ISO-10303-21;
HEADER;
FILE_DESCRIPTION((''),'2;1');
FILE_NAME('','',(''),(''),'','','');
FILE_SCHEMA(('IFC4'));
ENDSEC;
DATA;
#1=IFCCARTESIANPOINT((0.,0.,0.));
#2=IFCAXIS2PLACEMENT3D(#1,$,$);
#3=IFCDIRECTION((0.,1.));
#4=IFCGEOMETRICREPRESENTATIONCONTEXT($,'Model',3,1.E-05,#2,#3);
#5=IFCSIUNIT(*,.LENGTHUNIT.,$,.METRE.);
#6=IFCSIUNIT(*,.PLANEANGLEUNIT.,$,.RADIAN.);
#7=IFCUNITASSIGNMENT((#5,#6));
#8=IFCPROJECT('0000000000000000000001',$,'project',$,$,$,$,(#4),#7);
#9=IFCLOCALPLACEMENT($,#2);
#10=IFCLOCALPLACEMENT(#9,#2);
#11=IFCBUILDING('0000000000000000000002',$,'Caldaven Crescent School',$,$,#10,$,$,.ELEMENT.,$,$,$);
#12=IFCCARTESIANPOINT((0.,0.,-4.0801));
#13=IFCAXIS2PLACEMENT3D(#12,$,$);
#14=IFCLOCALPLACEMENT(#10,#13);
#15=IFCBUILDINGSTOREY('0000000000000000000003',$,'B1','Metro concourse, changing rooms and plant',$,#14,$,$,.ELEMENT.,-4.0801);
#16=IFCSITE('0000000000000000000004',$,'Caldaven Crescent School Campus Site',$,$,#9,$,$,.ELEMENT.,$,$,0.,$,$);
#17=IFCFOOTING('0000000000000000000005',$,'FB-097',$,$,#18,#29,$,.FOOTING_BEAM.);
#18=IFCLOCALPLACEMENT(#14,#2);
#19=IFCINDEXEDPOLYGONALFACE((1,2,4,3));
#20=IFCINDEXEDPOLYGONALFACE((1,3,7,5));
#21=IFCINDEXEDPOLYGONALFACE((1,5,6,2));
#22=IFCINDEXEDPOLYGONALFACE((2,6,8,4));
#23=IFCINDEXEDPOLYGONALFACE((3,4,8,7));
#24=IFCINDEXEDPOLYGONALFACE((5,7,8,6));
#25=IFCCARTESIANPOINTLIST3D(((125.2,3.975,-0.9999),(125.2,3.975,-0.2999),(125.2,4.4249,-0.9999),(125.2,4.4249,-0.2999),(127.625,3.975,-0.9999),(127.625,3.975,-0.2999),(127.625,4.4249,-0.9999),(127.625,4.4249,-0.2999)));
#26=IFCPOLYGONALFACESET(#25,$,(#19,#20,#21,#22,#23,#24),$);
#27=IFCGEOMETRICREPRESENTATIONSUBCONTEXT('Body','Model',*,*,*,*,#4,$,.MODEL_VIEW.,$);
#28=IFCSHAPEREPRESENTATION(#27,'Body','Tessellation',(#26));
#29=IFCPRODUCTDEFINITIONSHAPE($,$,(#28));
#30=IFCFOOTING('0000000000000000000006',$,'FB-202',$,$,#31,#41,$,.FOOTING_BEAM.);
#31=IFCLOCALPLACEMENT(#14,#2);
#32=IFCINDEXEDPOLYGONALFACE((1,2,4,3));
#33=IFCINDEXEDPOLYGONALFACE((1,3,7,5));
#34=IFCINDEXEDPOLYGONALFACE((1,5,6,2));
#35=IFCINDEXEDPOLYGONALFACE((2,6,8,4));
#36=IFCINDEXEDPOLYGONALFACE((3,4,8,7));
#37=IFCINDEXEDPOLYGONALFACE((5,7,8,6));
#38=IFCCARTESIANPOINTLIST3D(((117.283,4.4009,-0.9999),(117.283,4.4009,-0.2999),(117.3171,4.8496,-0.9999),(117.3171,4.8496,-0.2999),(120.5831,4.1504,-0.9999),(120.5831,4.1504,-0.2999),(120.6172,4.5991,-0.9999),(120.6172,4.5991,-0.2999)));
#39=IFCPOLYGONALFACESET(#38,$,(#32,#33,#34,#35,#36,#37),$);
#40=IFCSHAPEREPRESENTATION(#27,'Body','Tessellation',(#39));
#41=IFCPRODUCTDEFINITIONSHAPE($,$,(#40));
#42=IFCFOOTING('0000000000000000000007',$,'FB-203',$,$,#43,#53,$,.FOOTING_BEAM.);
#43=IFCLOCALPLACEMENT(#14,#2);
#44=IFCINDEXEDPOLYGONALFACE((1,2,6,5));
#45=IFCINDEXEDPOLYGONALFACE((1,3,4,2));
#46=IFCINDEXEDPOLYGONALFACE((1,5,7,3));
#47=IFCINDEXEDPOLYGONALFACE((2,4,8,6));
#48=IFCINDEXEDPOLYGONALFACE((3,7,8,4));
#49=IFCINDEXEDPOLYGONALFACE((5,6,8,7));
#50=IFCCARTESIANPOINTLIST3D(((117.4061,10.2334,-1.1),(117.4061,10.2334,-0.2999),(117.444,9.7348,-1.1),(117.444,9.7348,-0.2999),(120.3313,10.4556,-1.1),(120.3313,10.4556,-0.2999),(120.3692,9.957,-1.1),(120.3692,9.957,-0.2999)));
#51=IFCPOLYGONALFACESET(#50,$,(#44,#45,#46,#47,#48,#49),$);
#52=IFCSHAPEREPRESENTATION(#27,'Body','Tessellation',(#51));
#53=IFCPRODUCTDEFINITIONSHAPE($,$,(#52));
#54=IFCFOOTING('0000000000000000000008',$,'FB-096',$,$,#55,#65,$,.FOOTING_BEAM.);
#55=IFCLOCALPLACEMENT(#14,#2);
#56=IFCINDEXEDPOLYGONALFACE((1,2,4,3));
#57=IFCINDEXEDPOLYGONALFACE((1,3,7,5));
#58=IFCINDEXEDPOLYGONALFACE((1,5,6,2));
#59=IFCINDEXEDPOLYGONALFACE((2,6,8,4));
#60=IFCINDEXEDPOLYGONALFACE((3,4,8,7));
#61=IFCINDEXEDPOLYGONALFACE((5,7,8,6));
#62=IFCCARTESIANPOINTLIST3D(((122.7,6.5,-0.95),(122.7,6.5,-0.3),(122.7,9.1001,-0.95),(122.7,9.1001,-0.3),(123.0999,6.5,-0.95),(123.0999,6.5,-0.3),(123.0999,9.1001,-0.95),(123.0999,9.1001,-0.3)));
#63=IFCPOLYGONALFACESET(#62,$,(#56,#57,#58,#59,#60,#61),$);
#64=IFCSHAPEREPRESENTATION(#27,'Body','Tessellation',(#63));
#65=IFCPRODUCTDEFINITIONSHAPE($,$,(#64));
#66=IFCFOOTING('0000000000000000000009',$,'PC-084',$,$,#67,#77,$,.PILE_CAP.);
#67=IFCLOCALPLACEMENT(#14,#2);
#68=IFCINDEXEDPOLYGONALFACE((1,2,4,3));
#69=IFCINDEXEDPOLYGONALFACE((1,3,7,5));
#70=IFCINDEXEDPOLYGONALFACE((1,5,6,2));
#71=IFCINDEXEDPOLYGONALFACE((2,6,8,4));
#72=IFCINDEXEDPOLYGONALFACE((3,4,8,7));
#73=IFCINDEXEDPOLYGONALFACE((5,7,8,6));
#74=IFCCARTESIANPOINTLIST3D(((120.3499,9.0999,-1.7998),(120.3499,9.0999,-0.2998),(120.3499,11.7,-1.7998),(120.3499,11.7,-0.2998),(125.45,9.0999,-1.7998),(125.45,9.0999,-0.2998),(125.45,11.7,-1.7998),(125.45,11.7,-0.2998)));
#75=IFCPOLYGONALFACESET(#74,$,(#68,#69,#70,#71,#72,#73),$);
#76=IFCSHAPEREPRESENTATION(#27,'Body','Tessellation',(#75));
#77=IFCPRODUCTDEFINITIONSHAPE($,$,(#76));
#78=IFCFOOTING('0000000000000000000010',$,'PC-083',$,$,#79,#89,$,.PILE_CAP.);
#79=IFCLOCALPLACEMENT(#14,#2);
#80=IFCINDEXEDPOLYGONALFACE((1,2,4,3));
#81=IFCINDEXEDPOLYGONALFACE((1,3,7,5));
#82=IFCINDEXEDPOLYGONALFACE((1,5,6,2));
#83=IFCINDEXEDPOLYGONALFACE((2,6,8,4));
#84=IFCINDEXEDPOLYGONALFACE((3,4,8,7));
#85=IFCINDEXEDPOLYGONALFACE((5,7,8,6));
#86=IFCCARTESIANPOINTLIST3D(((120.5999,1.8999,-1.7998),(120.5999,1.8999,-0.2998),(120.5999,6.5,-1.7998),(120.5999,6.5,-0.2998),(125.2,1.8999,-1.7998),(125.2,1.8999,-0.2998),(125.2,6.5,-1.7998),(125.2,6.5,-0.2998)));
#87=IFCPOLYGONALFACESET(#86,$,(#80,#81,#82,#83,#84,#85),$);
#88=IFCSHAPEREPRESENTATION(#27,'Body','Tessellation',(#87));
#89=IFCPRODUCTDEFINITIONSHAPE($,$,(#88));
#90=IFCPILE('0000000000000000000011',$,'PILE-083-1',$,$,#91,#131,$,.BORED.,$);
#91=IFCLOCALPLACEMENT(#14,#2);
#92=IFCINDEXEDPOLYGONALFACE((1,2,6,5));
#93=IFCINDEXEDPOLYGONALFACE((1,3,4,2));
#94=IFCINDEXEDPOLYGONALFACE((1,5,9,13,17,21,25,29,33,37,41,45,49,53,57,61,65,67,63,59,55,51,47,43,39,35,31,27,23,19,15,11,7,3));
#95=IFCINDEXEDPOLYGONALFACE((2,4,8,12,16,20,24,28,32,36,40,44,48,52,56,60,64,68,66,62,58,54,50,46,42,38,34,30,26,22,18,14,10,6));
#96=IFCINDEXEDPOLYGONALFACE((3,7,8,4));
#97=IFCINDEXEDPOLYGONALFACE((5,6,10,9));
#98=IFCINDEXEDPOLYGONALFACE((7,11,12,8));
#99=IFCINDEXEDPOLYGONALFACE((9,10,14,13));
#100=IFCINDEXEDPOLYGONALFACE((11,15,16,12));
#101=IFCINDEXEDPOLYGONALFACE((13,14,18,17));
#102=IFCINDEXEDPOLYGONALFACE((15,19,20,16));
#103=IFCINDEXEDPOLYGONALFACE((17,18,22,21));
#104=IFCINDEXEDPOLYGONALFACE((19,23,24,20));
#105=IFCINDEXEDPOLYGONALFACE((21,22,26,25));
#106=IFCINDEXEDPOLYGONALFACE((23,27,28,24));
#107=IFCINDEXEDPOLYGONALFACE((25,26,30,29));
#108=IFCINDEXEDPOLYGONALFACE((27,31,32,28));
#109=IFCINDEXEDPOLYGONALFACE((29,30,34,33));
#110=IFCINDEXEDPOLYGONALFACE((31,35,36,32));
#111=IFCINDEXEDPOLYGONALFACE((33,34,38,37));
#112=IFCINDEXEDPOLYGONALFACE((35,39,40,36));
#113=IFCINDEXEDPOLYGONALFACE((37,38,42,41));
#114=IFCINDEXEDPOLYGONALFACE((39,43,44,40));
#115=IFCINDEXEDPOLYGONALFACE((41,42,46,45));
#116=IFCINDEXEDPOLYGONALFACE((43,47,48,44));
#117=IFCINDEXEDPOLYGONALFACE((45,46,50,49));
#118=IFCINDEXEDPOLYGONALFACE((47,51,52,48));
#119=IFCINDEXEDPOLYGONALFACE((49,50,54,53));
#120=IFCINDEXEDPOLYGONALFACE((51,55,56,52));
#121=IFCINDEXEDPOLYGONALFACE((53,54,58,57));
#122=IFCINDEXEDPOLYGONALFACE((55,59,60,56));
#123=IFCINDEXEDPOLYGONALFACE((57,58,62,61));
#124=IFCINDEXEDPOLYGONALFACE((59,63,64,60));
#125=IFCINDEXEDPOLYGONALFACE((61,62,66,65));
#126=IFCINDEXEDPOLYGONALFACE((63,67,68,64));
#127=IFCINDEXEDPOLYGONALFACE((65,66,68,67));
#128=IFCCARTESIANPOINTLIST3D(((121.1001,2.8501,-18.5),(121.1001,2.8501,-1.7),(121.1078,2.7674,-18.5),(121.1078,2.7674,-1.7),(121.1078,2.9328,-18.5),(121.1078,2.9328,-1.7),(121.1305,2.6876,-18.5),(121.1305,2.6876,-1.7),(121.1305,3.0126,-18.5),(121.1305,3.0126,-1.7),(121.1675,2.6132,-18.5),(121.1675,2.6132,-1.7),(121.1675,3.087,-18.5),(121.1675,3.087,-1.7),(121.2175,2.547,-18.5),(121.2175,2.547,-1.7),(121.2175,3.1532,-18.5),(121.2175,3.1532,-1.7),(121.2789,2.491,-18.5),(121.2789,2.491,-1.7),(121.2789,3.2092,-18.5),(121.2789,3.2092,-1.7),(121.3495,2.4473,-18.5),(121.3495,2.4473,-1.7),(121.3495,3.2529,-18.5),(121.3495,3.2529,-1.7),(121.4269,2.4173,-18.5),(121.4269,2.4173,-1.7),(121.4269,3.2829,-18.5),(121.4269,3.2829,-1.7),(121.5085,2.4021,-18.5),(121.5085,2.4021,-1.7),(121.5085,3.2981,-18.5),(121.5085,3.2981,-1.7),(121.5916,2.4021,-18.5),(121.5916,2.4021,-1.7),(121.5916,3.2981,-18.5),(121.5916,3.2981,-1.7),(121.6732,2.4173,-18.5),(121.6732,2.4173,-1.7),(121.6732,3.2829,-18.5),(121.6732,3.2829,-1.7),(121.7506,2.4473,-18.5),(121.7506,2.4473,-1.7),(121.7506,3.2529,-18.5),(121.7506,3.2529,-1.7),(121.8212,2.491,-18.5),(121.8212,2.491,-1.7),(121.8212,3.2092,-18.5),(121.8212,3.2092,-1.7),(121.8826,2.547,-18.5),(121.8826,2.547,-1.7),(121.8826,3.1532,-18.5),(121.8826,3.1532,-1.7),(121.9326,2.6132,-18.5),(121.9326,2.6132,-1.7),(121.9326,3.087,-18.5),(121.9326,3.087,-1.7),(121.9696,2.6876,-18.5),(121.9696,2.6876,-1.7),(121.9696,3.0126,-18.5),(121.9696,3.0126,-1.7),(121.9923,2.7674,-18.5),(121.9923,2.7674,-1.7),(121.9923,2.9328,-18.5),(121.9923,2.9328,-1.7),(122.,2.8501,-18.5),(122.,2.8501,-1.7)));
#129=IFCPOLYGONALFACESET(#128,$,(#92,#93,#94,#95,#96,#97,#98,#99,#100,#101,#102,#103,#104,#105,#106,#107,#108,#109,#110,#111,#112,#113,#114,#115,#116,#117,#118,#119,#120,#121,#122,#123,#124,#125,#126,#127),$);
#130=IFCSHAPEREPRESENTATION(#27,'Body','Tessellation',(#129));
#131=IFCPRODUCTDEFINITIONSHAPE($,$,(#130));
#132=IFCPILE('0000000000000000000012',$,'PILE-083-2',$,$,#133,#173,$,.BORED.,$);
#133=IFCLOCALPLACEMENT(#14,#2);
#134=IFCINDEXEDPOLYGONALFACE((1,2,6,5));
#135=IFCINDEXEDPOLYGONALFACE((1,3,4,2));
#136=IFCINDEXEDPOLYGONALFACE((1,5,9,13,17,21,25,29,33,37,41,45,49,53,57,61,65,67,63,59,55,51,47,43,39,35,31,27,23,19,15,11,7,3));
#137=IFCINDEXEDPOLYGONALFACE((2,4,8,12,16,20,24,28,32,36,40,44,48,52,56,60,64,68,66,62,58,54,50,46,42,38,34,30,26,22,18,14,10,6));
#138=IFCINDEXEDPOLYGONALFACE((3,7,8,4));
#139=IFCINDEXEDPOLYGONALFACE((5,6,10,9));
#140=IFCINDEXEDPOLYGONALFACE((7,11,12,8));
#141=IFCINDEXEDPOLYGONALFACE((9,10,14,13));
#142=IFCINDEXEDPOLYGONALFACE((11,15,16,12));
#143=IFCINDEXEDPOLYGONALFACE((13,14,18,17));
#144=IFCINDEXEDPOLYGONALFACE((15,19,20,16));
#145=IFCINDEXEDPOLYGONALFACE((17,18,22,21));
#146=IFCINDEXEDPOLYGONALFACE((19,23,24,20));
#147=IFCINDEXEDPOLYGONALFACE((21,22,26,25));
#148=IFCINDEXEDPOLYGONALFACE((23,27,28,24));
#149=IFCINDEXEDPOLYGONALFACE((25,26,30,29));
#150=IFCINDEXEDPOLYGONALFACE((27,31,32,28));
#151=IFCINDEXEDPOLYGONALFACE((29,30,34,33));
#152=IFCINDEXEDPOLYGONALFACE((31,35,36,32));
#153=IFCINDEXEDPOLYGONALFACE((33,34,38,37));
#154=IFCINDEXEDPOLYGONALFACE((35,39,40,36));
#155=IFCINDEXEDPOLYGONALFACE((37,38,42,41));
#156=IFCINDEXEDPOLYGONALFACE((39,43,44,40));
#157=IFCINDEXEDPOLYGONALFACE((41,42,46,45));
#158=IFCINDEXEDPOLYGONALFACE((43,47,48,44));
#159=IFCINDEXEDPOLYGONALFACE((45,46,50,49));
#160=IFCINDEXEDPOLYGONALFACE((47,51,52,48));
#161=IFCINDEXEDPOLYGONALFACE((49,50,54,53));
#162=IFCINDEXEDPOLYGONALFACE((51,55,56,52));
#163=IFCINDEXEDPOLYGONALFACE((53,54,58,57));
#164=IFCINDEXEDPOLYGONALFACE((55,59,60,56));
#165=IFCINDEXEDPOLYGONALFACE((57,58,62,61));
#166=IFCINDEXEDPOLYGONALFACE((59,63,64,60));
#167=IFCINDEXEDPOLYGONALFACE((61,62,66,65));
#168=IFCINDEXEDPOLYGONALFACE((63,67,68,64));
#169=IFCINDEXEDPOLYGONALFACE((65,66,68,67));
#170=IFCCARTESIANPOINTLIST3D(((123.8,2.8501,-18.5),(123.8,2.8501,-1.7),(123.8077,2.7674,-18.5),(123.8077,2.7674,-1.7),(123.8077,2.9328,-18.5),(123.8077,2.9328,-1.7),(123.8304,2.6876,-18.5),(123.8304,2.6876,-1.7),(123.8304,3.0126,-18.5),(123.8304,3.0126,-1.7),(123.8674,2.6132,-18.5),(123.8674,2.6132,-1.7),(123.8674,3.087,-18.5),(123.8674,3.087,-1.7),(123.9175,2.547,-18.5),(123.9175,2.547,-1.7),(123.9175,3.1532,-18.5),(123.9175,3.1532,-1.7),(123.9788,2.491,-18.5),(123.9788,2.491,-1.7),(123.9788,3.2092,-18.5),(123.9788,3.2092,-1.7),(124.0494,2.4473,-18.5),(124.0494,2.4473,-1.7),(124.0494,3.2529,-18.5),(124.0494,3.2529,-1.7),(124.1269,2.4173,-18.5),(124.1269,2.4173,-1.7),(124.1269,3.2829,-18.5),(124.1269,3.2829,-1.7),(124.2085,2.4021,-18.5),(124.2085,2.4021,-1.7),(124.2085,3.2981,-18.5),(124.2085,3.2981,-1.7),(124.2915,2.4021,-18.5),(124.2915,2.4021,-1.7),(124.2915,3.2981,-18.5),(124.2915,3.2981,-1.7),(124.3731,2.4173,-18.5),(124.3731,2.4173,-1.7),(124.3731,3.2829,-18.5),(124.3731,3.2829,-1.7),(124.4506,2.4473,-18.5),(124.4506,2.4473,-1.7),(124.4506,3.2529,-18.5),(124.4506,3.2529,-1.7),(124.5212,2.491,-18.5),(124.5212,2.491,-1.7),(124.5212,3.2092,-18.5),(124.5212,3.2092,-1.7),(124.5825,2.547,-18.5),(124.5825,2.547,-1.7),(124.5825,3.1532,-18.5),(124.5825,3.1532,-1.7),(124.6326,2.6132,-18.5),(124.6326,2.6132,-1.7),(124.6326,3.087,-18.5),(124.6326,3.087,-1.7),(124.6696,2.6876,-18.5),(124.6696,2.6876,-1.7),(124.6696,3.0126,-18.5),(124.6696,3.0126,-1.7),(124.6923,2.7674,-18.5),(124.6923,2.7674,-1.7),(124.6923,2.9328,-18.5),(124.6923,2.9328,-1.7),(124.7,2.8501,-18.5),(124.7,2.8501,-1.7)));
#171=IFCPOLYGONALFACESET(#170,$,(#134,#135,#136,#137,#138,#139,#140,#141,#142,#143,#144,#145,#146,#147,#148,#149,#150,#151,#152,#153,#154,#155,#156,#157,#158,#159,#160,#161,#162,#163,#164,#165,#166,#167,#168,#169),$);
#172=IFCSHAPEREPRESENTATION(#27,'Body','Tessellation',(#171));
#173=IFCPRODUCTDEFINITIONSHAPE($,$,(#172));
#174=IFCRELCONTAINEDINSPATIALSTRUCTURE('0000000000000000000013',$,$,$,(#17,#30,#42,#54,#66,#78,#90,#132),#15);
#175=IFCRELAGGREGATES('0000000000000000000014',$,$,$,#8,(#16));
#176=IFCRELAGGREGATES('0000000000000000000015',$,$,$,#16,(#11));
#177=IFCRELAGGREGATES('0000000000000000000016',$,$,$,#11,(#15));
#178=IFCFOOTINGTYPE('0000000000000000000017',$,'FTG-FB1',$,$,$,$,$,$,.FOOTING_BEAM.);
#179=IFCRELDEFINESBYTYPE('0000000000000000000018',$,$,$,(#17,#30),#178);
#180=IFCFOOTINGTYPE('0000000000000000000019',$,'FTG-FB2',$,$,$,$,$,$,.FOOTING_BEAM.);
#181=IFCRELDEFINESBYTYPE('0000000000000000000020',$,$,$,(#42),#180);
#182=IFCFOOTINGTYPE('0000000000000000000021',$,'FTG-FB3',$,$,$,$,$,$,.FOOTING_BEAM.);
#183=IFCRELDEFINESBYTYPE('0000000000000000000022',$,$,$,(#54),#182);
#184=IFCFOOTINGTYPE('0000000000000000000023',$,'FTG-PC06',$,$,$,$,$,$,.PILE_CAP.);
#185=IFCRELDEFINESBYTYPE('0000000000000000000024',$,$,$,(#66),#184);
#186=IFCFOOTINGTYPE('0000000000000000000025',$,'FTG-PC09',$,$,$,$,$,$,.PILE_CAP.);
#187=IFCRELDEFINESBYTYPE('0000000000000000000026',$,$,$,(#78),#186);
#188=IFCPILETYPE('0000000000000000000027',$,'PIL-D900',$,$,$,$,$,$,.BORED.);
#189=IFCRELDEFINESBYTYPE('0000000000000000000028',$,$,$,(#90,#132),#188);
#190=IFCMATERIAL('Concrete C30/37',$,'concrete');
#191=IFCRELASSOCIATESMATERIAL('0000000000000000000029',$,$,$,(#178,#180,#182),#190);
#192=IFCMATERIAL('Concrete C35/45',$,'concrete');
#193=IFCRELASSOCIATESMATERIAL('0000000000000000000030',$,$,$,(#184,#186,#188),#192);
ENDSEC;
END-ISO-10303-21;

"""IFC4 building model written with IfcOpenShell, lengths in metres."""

from ifc_helpers import new_model, si_unit, direction, frame, origin, origin_2d, place, context, subcontext, project, spatial, rectangle, circle, extrude, material, material_profile, profile_set, type_object, element, save


model = new_model("IFC4")

# Units and contexts
model_context = context("Model", 3, precision=1e-05, world=origin(), true_north=direction((0.0, 1.0)))
body_context = subcontext(model_context, "Body", "Model", "MODEL_VIEW")
ifc_project = project(units=[si_unit("LENGTHUNIT", "METRE"), si_unit("PLANEANGLEUNIT", "RADIAN")], contexts=[model_context])

# Site, building, storey
site_placement = place(None, origin())
site = spatial("IfcSite", under=ifc_project, at=site_placement, Name="Caldaven Crescent School Campus Site", CompositionType="ELEMENT", RefElevation=0.0)
building_placement = place(site_placement, origin())
building = spatial("IfcBuilding", under=site, at=building_placement, Name="Caldaven Crescent School", CompositionType="ELEMENT")
storey_placement = place(building_placement, frame((0.0, 0.0, -4.0801)))
storey = spatial("IfcBuildingStorey", under=building, at=storey_placement, Name="B1", Description="Metro concourse, changing rooms and plant", CompositionType="ELEMENT", Elevation=-4.0801)

# Footings
ifc_material_1 = material(Name="Concrete C30/37", Category="concrete")
ifc_material_profile_1 = material_profile(ifc_material_1, rectangle(XDim=0.45, YDim=0.7, at=origin_2d()), Name="FB 450x700")
ifc_profile_set_1 = profile_set([ifc_material_profile_1], Name="Concrete C30/37")
footing_type_1 = type_object("IfcFootingType", Name="FTG-FB1", PredefinedType="FOOTING_BEAM", material=ifc_profile_set_1)
footing_1_placement = place(storey_placement, frame((125.2, 4.2, -0.6499), z_axis=(1.0, 0.0, 0.0), x_axis=(0.0, 1.0, 0.0)))
element("IfcFooting", 1, at=footing_1_placement, inside=storey, type_object=footing_type_1, Name="FB-097", PredefinedType="FOOTING_BEAM", context=body_context, shape_type="SweptSolid", body=[
    extrude(rectangle(XDim=0.45, YDim=0.7, at=origin_2d()), origin(), (0.0, 0.0, 1.0), 2.425),
])
footing_2_placement = place(storey_placement, frame((117.3, 4.6252, -0.6499), z_axis=(0.997132, -0.075687, 0.0), x_axis=(0.075687, 0.997132, 0.0)))
element("IfcFooting", 2, at=footing_2_placement, inside=storey, type_object=footing_type_1, Name="FB-202", PredefinedType="FOOTING_BEAM", context=body_context, shape_type="SweptSolid", body=[
    extrude(rectangle(XDim=0.45, YDim=0.7, at=origin_2d()), origin(), (0.0, 0.0, 1.0), 3.3096),
])
ifc_material_profile_2 = material_profile(ifc_material_1, rectangle(XDim=0.5, YDim=0.8, at=origin_2d()), Name="FB 500x800")
ifc_profile_set_2 = profile_set([ifc_material_profile_2], Name="Concrete C30/37")
footing_type_2 = type_object("IfcFootingType", Name="FTG-FB2", PredefinedType="FOOTING_BEAM", material=ifc_profile_set_2)
footing_3_placement = place(storey_placement, frame((117.425, 9.9841, -0.7), z_axis=(0.997128, 0.075735, 0.0), x_axis=(-0.075735, 0.997128, 0.0)))
element("IfcFooting", 3, at=footing_3_placement, inside=storey, type_object=footing_type_2, Name="FB-203", PredefinedType="FOOTING_BEAM", context=body_context, shape_type="SweptSolid", body=[
    extrude(rectangle(XDim=0.5, YDim=0.8, at=origin_2d()), origin(), (0.0, 0.0, 1.0), 2.9336),
])
ifc_material_profile_3 = material_profile(ifc_material_1, rectangle(XDim=0.3999, YDim=0.6499, at=origin_2d()), Name="FB 400x650")
ifc_profile_set_3 = profile_set([ifc_material_profile_3], Name="Concrete C30/37")
footing_type_3 = type_object("IfcFootingType", Name="FTG-FB3", PredefinedType="FOOTING_BEAM", material=ifc_profile_set_3)
footing_4_placement = place(storey_placement, frame((122.8999, 6.5, -0.625), z_axis=(0.0, 1.0, 0.0), x_axis=(-1.0, 0.0, 0.0)))
element("IfcFooting", 4, at=footing_4_placement, inside=storey, type_object=footing_type_3, Name="FB-096", PredefinedType="FOOTING_BEAM", context=body_context, shape_type="SweptSolid", body=[
    extrude(rectangle(XDim=0.3999, YDim=0.6499, at=origin_2d()), origin(), (0.0, 0.0, 1.0), 2.6001),
])
ifc_material_2 = material(Name="Concrete C35/45", Category="concrete")
footing_type_4 = type_object("IfcFootingType", Name="FTG-PC06", PredefinedType="PILE_CAP", material=ifc_material_2)
footing_5_placement = place(storey_placement, frame((122.8999, 10.3999, -1.7998), z_axis=(0.0, 0.0, 1.0), x_axis=(1.0, 0.0, 0.0)))
element("IfcFooting", 5, at=footing_5_placement, inside=storey, type_object=footing_type_4, Name="PC-084", PredefinedType="PILE_CAP", context=body_context, shape_type="SweptSolid", body=[
    extrude(rectangle(XDim=5.1001, YDim=2.6001, at=origin_2d()), origin(), (0.0, 0.0, 1.0), 1.5),
])
footing_type_5 = type_object("IfcFootingType", Name="FTG-PC09", PredefinedType="PILE_CAP", material=ifc_material_2)
footing_6_placement = place(storey_placement, frame((122.8999, 4.2, -1.7998), z_axis=(0.0, 0.0, 1.0), x_axis=(1.0, 0.0, 0.0)))
element("IfcFooting", 6, at=footing_6_placement, inside=storey, type_object=footing_type_5, Name="PC-083", PredefinedType="PILE_CAP", context=body_context, shape_type="SweptSolid", body=[
    extrude(rectangle(XDim=4.6001, YDim=4.6001, at=origin_2d()), origin(), (0.0, 0.0, 1.0), 1.5),
])

# Piles
ifc_material_profile_4 = material_profile(ifc_material_2, circle(Radius=0.45, at=origin_2d()), Name="PILE D900")
ifc_profile_set_4 = profile_set([ifc_material_profile_4], Name="Concrete C35/45")
pile_type = type_object("IfcPileType", Name="PIL-D900", PredefinedType="BORED", material=ifc_profile_set_4)
for number, where, z_axis, x_axis, name in (
    (7, (121.55, 2.8501, -1.7), (0.0, 0.0, -1.0), (1.0, 0.0, 0.0), "PILE-083-1"),
    (8, (124.25, 2.8501, -1.7), (0.0, 0.0, -1.0), (1.0, 0.0, 0.0), "PILE-083-2"),
):
    element("IfcPile", number, at=place(storey_placement, frame(where, z_axis=z_axis, x_axis=x_axis)), inside=storey, type_object=pile_type, Name=name, PredefinedType="BORED", context=body_context, shape_type="SweptSolid", body=[
        extrude(circle(Radius=0.45, at=origin_2d()), origin(), (0.0, 0.0, 1.0), 16.8),
    ])

save(model, "model.ifc")
